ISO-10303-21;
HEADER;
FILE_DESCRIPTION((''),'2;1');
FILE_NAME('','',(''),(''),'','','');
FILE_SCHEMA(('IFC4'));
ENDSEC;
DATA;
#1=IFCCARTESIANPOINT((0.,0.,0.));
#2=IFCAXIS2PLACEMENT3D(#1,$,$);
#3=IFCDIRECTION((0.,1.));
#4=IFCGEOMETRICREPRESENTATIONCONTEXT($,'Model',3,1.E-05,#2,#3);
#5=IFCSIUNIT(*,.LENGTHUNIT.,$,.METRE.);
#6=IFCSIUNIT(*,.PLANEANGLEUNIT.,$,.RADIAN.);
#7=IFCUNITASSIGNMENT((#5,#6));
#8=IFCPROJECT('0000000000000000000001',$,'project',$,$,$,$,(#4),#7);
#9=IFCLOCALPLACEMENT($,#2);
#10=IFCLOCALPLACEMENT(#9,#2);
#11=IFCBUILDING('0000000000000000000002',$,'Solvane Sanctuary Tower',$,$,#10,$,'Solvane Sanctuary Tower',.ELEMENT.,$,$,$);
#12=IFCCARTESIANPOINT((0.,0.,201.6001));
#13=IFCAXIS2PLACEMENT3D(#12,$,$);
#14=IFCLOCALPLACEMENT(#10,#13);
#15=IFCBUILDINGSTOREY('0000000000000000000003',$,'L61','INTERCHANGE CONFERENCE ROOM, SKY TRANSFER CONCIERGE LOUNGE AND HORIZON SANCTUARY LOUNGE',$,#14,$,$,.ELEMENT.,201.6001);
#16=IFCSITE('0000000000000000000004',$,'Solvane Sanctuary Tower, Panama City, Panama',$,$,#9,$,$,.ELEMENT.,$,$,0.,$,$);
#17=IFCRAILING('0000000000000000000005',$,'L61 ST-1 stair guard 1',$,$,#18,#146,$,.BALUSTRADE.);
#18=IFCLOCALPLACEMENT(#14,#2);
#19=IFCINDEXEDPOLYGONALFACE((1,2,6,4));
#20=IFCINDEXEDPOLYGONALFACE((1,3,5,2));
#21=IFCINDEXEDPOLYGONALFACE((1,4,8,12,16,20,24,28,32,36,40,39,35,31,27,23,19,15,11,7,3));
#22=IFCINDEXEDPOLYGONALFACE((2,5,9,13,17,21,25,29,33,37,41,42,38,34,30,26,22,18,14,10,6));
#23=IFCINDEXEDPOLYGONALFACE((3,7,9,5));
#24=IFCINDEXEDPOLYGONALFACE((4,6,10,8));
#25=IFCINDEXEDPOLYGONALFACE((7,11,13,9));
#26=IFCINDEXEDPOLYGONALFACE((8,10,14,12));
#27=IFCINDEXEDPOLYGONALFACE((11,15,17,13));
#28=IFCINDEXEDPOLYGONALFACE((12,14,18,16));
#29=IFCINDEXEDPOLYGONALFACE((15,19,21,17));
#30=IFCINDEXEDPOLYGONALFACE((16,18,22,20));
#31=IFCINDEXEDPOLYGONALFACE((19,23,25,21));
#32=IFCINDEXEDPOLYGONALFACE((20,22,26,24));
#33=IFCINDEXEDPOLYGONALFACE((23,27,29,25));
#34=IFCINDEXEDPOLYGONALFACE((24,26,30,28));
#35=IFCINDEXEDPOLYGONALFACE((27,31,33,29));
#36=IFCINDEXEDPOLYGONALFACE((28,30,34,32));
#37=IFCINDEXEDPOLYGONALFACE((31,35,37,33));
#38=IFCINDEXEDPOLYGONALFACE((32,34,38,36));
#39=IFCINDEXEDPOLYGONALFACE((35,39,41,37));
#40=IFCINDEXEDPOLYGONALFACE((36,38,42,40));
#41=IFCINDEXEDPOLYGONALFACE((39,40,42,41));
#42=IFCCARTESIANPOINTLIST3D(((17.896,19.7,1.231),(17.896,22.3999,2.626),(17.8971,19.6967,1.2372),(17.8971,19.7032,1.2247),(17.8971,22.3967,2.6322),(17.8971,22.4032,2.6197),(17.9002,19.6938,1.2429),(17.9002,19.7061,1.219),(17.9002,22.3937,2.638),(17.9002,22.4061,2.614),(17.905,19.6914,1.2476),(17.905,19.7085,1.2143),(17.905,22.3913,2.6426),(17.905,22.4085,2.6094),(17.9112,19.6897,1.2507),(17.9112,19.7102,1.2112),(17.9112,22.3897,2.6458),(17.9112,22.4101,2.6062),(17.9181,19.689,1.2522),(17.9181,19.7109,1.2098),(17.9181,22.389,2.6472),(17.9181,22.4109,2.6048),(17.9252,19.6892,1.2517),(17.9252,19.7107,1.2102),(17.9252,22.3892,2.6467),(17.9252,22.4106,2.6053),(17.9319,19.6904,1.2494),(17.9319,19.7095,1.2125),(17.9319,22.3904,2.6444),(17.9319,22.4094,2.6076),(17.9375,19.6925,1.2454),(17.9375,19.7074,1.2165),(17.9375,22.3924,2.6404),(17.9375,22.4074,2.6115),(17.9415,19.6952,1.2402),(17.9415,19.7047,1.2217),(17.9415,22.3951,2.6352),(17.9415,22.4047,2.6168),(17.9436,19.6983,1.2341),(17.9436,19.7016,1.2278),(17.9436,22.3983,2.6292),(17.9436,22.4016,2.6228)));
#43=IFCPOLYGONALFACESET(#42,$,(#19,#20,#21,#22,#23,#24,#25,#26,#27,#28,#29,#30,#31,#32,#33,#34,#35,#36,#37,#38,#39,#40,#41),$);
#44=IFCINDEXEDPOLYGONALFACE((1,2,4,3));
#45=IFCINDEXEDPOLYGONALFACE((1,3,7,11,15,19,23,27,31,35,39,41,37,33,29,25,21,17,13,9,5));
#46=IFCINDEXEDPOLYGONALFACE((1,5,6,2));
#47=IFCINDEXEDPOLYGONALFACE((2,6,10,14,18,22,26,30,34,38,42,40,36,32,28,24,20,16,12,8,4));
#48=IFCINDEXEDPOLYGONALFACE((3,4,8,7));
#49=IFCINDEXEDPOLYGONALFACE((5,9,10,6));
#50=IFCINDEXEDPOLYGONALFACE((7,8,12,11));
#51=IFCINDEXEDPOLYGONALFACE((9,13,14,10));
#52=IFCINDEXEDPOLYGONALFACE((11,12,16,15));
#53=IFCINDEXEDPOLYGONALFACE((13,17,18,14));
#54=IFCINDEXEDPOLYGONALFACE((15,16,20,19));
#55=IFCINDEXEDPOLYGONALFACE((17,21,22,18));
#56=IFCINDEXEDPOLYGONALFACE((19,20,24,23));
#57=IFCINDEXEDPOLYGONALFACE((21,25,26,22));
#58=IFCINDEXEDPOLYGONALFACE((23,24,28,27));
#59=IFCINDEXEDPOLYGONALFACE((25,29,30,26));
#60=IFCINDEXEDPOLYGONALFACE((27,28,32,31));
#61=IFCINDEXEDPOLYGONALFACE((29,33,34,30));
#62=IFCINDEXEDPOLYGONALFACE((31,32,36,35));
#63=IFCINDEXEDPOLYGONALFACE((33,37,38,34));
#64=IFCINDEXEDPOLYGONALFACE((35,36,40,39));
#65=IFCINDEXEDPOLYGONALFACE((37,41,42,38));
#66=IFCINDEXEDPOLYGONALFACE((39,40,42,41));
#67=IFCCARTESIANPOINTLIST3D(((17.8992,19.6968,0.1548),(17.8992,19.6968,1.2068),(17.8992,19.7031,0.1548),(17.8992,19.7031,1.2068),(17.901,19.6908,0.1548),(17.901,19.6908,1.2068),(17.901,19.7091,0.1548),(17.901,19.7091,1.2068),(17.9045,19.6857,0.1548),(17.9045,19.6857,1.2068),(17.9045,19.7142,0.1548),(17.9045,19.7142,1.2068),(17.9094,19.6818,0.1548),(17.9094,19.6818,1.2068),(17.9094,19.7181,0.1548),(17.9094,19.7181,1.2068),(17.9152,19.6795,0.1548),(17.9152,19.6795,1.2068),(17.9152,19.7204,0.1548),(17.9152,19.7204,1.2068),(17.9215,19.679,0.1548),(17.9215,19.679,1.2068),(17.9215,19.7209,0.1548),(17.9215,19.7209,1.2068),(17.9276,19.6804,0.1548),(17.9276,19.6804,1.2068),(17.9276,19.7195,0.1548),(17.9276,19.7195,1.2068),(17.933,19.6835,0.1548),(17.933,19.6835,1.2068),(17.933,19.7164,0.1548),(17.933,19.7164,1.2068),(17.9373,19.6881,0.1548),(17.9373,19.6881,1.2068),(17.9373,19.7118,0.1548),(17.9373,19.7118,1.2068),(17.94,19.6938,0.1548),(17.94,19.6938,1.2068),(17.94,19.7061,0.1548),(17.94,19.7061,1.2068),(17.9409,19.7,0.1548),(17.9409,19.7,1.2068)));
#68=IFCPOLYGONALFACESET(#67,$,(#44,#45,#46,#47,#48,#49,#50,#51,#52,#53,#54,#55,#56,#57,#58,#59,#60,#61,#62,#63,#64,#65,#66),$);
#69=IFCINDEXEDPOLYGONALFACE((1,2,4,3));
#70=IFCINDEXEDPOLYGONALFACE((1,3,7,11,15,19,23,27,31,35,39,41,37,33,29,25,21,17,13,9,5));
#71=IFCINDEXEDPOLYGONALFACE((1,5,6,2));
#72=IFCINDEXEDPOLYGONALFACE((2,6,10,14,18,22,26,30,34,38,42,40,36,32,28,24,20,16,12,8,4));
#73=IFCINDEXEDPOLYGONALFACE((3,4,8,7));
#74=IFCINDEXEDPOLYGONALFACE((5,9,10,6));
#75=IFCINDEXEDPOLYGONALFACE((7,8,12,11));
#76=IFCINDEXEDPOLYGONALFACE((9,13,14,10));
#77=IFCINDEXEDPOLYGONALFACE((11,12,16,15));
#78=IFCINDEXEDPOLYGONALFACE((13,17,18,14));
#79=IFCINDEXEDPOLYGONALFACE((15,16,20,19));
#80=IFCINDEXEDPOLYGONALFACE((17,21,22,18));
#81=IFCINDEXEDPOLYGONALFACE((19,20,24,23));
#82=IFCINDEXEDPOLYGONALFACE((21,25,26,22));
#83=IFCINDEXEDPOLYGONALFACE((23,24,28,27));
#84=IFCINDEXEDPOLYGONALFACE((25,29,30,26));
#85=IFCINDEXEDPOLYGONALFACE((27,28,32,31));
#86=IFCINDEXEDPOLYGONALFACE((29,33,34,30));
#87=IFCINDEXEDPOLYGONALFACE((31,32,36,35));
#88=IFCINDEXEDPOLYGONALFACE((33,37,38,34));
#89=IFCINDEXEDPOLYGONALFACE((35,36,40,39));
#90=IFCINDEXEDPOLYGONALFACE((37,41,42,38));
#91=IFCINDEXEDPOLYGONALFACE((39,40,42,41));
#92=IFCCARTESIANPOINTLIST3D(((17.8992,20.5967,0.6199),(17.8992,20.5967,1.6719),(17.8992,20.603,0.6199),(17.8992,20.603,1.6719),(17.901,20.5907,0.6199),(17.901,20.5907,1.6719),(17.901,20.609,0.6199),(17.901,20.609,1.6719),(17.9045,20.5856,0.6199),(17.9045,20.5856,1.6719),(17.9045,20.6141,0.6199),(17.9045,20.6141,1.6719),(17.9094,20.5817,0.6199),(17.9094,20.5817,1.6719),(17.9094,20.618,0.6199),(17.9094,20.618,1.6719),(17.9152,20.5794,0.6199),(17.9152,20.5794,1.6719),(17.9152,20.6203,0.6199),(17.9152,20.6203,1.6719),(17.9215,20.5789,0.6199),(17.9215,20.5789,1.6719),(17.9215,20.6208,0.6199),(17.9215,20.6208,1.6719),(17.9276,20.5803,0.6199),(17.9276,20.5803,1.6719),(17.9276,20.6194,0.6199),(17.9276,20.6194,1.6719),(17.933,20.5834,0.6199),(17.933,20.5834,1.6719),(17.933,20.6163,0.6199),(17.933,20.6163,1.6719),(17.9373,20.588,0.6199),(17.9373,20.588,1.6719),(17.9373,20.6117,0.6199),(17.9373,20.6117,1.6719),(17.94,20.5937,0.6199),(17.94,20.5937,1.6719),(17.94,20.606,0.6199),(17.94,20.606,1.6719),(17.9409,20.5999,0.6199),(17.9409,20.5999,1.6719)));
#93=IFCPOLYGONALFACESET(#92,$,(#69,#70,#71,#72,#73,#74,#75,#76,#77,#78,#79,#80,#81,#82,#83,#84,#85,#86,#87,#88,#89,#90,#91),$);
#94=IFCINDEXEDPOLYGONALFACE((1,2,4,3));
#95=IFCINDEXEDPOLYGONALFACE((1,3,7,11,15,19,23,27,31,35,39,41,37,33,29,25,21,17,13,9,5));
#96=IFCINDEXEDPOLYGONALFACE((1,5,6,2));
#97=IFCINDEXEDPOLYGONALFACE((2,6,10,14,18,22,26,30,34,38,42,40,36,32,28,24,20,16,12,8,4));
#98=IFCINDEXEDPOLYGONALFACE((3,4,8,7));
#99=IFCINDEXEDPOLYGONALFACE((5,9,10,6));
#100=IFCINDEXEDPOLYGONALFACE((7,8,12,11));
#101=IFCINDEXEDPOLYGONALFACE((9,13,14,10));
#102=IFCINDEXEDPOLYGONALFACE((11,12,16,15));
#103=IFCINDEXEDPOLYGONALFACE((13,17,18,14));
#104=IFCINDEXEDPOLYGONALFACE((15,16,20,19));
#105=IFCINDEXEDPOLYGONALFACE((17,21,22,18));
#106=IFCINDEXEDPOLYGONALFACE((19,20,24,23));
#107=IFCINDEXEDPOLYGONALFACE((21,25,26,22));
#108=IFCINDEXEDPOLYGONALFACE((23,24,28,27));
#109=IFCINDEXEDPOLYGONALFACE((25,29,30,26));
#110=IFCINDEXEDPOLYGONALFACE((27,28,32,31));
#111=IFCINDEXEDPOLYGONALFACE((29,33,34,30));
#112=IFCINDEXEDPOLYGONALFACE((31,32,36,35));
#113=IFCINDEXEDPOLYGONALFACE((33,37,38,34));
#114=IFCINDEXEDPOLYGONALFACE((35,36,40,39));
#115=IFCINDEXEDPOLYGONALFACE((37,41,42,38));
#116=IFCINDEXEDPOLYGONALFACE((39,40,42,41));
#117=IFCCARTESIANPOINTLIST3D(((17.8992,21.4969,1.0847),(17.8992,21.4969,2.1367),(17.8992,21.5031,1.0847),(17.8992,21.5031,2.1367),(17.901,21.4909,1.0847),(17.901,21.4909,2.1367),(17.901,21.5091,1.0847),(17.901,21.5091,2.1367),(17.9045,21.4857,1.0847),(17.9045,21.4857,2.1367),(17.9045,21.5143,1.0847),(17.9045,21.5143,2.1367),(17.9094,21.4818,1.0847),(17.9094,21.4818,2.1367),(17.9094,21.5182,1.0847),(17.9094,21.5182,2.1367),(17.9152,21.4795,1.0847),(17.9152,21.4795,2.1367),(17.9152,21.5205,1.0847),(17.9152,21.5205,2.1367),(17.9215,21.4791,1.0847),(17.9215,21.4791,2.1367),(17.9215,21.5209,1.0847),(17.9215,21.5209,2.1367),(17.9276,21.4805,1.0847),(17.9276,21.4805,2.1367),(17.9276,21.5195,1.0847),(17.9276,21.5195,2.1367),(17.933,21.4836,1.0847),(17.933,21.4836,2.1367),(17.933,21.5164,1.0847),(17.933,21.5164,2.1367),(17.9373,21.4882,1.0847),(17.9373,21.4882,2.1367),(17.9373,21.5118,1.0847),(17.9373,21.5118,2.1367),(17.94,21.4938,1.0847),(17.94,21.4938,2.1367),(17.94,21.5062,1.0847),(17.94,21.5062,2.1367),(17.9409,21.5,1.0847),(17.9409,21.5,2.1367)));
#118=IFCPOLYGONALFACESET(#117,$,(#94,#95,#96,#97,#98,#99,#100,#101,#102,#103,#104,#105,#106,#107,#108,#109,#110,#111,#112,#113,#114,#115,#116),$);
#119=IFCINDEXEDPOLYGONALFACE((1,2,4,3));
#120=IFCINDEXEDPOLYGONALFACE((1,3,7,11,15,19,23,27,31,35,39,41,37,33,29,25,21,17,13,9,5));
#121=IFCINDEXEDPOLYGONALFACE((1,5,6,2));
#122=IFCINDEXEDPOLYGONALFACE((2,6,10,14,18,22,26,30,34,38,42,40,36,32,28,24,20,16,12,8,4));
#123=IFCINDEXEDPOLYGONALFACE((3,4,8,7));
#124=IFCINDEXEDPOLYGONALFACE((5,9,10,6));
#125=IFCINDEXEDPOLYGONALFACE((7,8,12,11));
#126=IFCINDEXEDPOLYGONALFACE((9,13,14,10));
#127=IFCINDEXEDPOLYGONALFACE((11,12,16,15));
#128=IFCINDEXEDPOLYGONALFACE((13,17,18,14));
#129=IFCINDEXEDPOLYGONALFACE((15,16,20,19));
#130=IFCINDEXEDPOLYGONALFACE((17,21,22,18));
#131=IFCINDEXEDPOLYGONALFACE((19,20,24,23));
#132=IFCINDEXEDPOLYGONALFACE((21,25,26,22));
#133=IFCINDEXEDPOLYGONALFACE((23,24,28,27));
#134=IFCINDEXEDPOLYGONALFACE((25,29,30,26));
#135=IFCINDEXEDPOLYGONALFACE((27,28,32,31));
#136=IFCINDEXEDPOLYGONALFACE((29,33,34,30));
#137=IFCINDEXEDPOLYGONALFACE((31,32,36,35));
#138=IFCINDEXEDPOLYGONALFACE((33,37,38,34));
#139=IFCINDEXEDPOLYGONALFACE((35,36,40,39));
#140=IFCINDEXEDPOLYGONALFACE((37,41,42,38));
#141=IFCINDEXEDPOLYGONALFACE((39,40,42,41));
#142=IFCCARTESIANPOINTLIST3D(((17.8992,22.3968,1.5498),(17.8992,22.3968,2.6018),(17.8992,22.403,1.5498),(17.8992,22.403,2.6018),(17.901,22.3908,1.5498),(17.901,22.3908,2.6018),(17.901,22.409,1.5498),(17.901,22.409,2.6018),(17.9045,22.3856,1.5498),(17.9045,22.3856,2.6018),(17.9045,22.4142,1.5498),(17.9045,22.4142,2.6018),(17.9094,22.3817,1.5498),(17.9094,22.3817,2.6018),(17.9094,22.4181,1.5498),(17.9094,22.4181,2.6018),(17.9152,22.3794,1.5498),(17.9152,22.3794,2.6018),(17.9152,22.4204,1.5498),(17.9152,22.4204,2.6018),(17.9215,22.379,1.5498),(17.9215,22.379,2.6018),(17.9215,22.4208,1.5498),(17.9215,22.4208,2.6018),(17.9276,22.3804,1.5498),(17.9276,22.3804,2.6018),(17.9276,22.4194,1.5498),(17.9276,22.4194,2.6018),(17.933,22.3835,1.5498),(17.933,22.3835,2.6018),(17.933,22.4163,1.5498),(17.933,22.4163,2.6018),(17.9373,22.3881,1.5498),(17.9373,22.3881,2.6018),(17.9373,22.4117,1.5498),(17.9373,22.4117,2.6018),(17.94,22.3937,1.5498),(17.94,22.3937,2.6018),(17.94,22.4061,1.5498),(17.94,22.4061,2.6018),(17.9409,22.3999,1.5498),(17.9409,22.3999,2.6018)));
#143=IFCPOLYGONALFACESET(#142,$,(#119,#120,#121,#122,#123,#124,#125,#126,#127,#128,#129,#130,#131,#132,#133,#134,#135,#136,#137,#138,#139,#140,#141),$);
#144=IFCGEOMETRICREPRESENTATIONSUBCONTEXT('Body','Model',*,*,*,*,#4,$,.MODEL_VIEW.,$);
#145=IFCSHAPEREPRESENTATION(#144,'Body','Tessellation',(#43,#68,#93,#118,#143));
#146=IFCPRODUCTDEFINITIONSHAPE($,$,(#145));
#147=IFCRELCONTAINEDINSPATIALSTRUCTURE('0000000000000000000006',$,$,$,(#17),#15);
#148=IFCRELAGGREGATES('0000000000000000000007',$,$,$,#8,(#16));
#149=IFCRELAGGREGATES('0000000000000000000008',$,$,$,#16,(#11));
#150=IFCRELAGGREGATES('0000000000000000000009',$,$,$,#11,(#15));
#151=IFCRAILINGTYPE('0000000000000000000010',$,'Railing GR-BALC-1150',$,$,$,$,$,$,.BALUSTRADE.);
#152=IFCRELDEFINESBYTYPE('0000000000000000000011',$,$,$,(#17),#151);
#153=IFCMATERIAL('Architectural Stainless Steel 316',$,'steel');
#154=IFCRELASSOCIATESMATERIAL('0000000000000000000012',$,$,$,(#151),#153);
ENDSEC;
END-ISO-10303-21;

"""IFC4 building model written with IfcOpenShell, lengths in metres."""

from ifc_helpers import new_model, si_unit, direction, frame, origin, origin_2d, place, context, subcontext, project, spatial, circle, extrude, material, type_object, element, save


model = new_model("IFC4")

# Units and contexts
model_context = context("Model", 3, precision=1e-05, world=origin(), true_north=direction((0.0, 1.0)))
body_context = subcontext(model_context, "Body", "Model", "MODEL_VIEW")
ifc_project = project(units=[si_unit("LENGTHUNIT", "METRE"), si_unit("PLANEANGLEUNIT", "RADIAN")], contexts=[model_context])

# Site, building, storey
site_placement = place(None, origin())
site = spatial("IfcSite", under=ifc_project, at=site_placement, Name="Solvane Sanctuary Tower, Panama City, Panama", CompositionType="ELEMENT", RefElevation=0.0)
building_placement = place(site_placement, origin())
building = spatial("IfcBuilding", under=site, at=building_placement, Name="Solvane Sanctuary Tower", LongName="Solvane Sanctuary Tower", CompositionType="ELEMENT")
storey_placement = place(building_placement, frame((0.0, 0.0, 201.6001)))
storey = spatial("IfcBuildingStorey", under=building, at=storey_placement, Name="L61", Description="INTERCHANGE CONFERENCE ROOM, SKY TRANSFER CONCIERGE LOUNGE AND HORIZON SANCTUARY LOUNGE", CompositionType="ELEMENT", Elevation=201.6001)

# Shared definitions
ifc_material_1 = material(Name="Architectural Stainless Steel 316", Category="steel")

# Railing
railing_type_1 = type_object("IfcRailingType", Name="Railing GR-BALC-1150", PredefinedType="BALUSTRADE", material=ifc_material_1)
railing_1_placement = place(storey_placement, frame((17.9199, 19.7, 0.1548)))
element("IfcRailing", 1, at=railing_1_placement, inside=storey, type_object=railing_type_1, Name="L61 ST-1 stair guard 1", PredefinedType="BALUSTRADE", context=body_context, shape_type="SweptSolid", body=[
    extrude(circle(Radius=0.0239, at=origin_2d()), frame((0.0, 0.0, 1.0762), z_axis=(0.0, 0.88842, 0.459032), x_axis=(-1.0, 0.0, 0.0)), (0.0, 0.0, 1.0), 3.0391),
    extrude(circle(Radius=0.021, at=origin_2d()), origin(), (0.0, 0.0, 1.0), 1.052),
    extrude(circle(Radius=0.021, at=origin_2d()), frame((0.0, 0.8999, 0.4651)), (0.0, 0.0, 1.0), 1.052),
    extrude(circle(Radius=0.021, at=origin_2d()), frame((0.0, 1.8, 0.9299)), (0.0, 0.0, 1.0), 1.052),
    extrude(circle(Radius=0.021, at=origin_2d()), frame((0.0, 2.7, 1.395)), (0.0, 0.0, 1.0), 1.052),
])

save(model, "model.ifc")
